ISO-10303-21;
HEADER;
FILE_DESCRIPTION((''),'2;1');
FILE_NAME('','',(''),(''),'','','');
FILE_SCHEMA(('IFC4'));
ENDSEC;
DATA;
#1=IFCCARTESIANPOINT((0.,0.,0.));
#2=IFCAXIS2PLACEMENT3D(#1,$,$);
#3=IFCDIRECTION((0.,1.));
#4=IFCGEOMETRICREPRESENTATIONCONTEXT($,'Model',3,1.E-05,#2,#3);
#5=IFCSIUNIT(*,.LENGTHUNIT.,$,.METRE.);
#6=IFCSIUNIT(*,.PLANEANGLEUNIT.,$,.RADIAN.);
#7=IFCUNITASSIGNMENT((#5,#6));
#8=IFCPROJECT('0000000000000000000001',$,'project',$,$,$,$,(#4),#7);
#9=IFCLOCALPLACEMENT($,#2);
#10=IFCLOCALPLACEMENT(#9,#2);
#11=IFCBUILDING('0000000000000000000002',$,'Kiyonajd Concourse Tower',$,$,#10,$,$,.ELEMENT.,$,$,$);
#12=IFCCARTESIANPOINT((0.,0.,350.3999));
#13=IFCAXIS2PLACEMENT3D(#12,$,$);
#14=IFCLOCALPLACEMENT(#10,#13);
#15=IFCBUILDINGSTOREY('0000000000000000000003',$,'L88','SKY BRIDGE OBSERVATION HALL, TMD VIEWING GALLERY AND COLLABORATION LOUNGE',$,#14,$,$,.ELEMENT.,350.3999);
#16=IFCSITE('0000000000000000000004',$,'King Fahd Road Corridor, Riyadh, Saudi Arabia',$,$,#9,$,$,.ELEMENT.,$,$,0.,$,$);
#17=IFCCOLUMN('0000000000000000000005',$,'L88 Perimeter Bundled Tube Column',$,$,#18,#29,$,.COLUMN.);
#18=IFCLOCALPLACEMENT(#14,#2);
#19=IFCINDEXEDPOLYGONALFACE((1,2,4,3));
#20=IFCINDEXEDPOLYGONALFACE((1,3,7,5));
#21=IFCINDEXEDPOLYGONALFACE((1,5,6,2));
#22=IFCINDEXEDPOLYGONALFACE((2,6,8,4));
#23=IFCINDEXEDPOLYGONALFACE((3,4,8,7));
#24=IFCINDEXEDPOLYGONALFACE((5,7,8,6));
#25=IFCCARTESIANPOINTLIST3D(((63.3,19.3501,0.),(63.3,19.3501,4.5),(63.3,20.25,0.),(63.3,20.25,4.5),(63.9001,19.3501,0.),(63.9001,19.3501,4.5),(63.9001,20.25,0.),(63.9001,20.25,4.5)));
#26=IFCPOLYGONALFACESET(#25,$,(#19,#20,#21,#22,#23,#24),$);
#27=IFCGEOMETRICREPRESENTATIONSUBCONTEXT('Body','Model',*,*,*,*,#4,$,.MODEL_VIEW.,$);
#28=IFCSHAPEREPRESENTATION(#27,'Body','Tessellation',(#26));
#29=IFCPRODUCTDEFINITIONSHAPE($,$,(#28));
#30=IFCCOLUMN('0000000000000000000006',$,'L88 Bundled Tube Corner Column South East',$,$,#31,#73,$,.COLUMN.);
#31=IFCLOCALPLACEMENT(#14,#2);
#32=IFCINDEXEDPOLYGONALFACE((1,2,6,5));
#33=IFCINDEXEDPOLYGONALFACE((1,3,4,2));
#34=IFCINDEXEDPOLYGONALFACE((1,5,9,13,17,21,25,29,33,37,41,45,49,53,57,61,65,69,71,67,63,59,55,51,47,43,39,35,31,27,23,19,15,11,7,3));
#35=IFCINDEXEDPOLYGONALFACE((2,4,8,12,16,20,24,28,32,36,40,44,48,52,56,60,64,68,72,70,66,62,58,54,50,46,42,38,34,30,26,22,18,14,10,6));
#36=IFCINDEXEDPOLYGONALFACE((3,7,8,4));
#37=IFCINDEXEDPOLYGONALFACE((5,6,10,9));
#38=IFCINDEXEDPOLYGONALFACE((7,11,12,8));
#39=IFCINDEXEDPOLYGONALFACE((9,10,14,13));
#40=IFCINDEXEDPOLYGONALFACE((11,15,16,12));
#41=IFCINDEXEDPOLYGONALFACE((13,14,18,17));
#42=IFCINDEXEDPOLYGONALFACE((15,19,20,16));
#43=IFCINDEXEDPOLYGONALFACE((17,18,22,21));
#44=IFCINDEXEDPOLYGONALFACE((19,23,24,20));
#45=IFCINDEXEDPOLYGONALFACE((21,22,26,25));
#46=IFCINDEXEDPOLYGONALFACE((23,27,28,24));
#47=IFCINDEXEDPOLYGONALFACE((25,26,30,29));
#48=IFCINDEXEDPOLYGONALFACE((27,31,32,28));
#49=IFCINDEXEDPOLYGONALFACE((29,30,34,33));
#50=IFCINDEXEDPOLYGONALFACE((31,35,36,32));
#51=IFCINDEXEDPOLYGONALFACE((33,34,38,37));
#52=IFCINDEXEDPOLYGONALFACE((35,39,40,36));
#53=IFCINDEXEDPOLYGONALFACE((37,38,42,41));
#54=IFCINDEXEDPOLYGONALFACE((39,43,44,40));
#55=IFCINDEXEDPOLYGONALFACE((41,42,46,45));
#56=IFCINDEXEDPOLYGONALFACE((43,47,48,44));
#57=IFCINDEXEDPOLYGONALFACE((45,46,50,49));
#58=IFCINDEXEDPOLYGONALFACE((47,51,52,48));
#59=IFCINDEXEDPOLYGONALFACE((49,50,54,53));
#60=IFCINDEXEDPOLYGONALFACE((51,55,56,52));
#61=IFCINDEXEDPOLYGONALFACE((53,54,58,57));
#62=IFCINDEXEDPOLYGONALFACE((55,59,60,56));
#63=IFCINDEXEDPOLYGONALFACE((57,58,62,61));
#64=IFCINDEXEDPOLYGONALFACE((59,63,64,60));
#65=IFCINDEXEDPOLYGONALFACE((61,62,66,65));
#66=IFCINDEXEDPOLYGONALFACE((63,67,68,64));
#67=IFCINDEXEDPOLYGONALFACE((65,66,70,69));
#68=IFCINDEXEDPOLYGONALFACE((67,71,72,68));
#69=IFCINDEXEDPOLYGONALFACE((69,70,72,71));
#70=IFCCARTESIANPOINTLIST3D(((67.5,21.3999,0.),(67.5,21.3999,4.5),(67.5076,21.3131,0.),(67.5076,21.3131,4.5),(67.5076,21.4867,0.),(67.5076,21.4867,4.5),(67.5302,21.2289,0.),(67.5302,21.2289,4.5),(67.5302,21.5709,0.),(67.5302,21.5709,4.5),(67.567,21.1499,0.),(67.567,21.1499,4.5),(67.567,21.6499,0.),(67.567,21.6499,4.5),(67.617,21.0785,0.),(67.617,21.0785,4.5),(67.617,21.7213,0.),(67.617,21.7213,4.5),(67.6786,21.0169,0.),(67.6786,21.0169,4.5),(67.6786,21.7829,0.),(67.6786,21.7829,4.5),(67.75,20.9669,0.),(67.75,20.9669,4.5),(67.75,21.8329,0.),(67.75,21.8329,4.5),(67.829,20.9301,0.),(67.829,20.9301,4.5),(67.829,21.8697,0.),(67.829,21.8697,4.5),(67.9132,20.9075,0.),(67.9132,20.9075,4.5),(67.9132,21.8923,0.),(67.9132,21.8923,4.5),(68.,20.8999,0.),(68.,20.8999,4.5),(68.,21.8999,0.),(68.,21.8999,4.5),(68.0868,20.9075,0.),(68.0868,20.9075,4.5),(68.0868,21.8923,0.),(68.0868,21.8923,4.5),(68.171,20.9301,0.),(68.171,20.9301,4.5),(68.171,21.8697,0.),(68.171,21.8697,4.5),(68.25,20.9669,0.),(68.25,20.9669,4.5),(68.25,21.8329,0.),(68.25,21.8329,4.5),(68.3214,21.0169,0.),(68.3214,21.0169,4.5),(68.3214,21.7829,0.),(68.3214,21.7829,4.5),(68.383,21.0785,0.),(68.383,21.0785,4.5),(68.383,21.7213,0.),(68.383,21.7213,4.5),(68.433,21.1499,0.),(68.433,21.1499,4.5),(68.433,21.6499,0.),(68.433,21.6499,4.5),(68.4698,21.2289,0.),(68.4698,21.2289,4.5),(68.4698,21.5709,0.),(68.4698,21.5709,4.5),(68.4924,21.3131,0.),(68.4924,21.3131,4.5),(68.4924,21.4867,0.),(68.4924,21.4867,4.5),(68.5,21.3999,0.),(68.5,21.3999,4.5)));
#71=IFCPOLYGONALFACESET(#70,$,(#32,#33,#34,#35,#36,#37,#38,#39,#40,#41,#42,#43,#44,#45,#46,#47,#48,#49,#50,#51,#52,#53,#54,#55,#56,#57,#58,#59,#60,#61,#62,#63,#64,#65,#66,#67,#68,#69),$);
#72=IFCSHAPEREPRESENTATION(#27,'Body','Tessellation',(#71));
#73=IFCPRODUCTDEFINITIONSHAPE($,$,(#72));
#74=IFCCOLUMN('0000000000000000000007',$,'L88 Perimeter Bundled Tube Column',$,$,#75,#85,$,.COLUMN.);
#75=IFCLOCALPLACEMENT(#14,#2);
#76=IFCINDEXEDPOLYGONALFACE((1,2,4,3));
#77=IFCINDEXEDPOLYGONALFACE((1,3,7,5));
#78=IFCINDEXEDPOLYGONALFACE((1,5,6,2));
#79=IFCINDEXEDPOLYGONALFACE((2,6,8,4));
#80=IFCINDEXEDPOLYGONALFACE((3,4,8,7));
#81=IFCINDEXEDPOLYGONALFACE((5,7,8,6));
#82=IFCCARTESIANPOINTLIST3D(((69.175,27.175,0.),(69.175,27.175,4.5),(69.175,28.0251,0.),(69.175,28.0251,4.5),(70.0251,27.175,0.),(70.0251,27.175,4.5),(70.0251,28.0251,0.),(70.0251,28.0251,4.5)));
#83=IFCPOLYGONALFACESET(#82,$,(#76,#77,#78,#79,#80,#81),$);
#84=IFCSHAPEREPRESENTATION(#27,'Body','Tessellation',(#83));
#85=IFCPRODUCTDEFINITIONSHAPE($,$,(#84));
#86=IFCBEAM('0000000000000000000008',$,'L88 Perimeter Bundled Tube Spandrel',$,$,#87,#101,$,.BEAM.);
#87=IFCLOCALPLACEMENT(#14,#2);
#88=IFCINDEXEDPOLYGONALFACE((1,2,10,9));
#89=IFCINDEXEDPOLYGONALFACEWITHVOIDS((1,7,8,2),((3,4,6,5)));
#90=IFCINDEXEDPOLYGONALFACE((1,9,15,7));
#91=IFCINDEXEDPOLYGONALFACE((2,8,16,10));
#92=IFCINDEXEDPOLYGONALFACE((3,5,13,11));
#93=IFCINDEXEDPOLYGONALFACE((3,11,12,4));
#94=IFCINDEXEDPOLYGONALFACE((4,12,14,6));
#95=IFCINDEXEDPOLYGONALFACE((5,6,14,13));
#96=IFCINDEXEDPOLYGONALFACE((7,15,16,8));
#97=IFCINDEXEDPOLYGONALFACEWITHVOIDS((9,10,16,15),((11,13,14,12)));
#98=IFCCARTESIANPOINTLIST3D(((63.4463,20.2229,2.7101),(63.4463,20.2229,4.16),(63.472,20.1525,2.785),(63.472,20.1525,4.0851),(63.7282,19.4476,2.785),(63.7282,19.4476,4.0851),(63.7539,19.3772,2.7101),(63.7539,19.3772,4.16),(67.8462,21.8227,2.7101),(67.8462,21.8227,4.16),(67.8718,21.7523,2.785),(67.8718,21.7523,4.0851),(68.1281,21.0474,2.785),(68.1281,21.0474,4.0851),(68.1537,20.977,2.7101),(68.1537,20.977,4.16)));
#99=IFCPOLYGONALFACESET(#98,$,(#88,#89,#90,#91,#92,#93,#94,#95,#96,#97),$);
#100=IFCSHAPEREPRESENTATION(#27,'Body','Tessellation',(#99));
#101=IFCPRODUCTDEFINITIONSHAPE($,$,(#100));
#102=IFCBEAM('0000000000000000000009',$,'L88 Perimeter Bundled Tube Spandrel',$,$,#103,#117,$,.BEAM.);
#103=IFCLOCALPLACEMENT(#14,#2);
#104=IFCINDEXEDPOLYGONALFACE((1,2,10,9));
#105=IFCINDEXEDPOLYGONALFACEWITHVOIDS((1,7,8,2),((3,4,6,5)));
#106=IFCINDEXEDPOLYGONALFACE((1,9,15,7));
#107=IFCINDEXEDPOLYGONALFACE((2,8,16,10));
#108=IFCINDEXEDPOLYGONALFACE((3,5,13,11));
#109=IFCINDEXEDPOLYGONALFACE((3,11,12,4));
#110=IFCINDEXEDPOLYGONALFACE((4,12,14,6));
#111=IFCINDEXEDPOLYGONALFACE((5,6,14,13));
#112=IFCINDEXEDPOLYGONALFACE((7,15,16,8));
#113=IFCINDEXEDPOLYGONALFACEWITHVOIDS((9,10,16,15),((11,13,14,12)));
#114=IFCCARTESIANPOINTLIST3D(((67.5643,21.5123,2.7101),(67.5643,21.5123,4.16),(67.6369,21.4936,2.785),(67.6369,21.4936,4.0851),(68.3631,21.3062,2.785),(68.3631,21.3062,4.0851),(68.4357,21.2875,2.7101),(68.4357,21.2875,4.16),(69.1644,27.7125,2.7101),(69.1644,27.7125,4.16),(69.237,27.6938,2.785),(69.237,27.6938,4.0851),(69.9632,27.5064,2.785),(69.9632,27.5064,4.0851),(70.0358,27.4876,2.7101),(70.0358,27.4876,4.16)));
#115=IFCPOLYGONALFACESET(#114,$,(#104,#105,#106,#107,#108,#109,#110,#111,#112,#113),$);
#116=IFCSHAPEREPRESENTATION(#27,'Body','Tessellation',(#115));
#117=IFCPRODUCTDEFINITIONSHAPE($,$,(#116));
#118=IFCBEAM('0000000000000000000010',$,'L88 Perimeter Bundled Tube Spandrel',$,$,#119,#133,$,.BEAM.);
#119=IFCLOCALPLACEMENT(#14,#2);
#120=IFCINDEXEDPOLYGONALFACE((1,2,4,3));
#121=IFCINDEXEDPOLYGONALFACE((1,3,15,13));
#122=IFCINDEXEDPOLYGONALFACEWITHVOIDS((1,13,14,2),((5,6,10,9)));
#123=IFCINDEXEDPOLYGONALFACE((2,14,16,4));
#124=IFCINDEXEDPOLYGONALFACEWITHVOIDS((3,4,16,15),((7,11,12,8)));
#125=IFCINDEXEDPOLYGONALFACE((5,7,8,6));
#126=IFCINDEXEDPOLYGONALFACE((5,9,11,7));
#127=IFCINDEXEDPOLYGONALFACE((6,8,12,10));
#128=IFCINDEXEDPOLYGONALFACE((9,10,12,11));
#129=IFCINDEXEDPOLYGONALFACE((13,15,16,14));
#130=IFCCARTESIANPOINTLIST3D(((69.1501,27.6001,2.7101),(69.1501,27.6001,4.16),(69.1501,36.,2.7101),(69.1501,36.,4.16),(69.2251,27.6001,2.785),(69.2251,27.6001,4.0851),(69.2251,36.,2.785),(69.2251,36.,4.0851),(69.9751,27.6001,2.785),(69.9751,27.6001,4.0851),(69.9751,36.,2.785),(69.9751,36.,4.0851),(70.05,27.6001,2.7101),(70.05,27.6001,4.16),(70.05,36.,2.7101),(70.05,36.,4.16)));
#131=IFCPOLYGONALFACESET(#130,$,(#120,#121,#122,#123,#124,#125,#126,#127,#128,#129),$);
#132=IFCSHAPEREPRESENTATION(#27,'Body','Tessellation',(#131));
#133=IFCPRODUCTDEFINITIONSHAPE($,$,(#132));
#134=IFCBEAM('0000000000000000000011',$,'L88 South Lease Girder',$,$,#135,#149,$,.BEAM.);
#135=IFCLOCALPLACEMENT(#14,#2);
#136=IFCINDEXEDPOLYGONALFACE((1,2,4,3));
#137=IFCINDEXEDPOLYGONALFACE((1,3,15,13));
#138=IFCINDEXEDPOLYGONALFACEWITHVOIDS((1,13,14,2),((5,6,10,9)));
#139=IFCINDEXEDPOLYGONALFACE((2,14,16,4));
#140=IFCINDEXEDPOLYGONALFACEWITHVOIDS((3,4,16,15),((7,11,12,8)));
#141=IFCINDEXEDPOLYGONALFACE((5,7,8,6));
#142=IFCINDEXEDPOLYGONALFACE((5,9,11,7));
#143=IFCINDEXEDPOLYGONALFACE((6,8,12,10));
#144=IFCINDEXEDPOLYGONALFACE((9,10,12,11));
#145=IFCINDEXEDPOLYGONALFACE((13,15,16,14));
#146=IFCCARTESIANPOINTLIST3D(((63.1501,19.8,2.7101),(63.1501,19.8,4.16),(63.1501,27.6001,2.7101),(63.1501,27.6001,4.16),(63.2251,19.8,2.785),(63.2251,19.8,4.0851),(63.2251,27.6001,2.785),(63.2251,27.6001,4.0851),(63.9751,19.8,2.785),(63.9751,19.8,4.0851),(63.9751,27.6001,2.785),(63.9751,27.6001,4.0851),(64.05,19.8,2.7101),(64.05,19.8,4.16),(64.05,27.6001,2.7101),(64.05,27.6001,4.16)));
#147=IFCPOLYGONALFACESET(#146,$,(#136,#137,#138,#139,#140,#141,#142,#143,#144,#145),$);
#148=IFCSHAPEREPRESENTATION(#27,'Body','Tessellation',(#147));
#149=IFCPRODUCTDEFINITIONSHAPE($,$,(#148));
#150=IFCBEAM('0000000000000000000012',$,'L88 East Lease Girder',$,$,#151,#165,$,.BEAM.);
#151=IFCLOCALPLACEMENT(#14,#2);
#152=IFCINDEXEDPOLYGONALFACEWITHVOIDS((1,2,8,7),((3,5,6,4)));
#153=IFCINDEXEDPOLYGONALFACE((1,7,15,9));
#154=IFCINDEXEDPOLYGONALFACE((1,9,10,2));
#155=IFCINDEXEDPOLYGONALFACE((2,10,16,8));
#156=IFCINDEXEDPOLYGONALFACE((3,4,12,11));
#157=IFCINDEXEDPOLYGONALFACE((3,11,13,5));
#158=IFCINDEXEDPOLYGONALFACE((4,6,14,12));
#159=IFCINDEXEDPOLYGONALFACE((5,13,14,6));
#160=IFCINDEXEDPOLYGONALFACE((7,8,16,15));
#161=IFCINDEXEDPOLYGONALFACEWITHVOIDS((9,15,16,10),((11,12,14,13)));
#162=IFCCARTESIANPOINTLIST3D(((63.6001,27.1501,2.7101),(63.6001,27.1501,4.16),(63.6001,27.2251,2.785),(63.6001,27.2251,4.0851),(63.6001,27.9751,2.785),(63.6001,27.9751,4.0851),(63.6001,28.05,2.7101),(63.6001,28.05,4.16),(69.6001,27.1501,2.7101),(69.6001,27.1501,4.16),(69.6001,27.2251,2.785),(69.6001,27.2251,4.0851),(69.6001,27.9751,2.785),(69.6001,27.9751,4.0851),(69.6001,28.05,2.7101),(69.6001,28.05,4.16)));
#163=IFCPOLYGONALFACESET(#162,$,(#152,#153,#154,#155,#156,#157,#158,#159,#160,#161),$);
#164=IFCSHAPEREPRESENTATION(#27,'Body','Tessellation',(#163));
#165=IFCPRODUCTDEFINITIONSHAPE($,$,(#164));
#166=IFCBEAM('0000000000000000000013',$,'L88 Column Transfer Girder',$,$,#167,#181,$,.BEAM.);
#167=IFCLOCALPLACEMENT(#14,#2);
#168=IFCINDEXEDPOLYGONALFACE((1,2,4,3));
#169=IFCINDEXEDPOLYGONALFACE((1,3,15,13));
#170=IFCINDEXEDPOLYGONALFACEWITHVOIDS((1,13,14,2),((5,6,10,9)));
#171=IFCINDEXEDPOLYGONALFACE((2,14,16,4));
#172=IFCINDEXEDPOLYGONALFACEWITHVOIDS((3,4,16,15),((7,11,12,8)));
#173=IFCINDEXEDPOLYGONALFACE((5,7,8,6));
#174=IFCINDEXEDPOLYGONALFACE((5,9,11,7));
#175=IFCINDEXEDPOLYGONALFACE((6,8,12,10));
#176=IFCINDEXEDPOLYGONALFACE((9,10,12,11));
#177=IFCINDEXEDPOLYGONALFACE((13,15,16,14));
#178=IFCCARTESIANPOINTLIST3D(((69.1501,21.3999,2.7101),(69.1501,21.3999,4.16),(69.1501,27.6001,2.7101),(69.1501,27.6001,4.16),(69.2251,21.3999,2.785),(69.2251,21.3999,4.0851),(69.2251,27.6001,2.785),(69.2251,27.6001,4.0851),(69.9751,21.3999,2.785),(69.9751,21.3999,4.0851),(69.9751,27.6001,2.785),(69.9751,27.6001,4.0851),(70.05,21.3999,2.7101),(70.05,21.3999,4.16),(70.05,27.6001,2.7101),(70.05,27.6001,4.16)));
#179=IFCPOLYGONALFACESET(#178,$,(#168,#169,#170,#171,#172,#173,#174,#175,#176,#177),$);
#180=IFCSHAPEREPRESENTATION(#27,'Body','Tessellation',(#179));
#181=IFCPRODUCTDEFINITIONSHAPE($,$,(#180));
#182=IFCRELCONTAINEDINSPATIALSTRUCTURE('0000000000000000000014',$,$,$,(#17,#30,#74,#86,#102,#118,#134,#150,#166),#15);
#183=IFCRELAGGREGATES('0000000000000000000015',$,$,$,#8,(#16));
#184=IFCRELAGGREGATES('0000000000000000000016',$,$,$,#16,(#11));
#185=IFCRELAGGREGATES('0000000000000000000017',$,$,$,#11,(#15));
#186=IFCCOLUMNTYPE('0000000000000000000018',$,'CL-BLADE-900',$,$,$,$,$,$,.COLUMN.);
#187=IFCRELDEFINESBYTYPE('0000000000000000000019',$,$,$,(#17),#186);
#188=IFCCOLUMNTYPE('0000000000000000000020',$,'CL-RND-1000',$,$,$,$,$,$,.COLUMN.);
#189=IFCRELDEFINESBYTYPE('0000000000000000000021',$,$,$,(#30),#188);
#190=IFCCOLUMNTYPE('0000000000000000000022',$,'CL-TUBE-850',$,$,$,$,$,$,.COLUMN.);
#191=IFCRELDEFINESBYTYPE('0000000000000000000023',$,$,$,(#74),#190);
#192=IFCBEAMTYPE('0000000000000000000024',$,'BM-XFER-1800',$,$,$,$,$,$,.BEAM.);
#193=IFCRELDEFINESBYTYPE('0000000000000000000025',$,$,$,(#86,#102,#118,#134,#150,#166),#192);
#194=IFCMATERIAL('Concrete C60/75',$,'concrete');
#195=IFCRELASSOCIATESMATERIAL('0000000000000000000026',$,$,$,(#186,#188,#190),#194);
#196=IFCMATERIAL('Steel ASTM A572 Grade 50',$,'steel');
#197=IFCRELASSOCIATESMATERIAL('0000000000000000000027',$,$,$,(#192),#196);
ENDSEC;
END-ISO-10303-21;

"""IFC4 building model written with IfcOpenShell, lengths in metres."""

from ifc_helpers import new_model, si_unit, direction, frame, origin, origin_2d, place, context, subcontext, project, spatial, rectangle, hollow_rectangle, circle, extrude, material, material_profile, profile_set, type_object, element, save


model = new_model("IFC4")

# Units and contexts
model_context = context("Model", 3, precision=1e-05, world=origin(), true_north=direction((0.0, 1.0)))
body_context = subcontext(model_context, "Body", "Model", "MODEL_VIEW")
ifc_project = project(units=[si_unit("LENGTHUNIT", "METRE"), si_unit("PLANEANGLEUNIT", "RADIAN")], contexts=[model_context])

# Site, building, storey
site_placement = place(None, origin())
site = spatial("IfcSite", under=ifc_project, at=site_placement, Name="King Fahd Road Corridor, Riyadh, Saudi Arabia", CompositionType="ELEMENT", RefElevation=0.0)
building_placement = place(site_placement, origin())
building = spatial("IfcBuilding", under=site, at=building_placement, Name="Kiyonajd Concourse Tower", CompositionType="ELEMENT")
storey_placement = place(building_placement, frame((0.0, 0.0, 350.3999)))
storey = spatial("IfcBuildingStorey", under=building, at=storey_placement, Name="L88", Description="SKY BRIDGE OBSERVATION HALL, TMD VIEWING GALLERY AND COLLABORATION LOUNGE", CompositionType="ELEMENT", Elevation=350.3999)

# Columns
ifc_material_1 = material(Name="Concrete C60/75", Category="concrete")
ifc_material_profile_1 = material_profile(ifc_material_1, rectangle(XDim=0.6001, YDim=0.8999, at=origin_2d()), Name="RC-900x600")
ifc_profile_set_1 = profile_set([ifc_material_profile_1], Name="Concrete C60/75")
column_type_1 = type_object("IfcColumnType", Name="CL-BLADE-900", PredefinedType="COLUMN", material=ifc_profile_set_1)
column_1_placement = place(storey_placement, frame((63.6001, 19.8, 0.0), z_axis=(0.0, 0.0, 1.0), x_axis=(1.0, 0.0, 0.0)))
element("IfcColumn", 1, at=column_1_placement, inside=storey, type_object=column_type_1, Name="L88 Perimeter Bundled Tube Column", PredefinedType="COLUMN", context=body_context, shape_type="SweptSolid", body=[
    extrude(rectangle(XDim=0.6001, YDim=0.8999, at=origin_2d()), origin(), (0.0, 0.0, 1.0), 4.5),
])
ifc_material_profile_2 = material_profile(ifc_material_1, circle(Radius=0.5, at=origin_2d()), Name="RCC-D1000")
ifc_profile_set_2 = profile_set([ifc_material_profile_2], Name="Concrete C60/75")
column_type_2 = type_object("IfcColumnType", Name="CL-RND-1000", PredefinedType="COLUMN", material=ifc_profile_set_2)
column_2_placement = place(storey_placement, frame((68.0, 21.3999, 0.0), z_axis=(0.0, 0.0, 1.0), x_axis=(1.0, 0.0, 0.0)))
element("IfcColumn", 2, at=column_2_placement, inside=storey, type_object=column_type_2, Name="L88 Bundled Tube Corner Column South East", PredefinedType="COLUMN", context=body_context, shape_type="SweptSolid", body=[
    extrude(circle(Radius=0.5, at=origin_2d()), origin(), (0.0, 0.0, 1.0), 4.5),
])
ifc_material_profile_3 = material_profile(ifc_material_1, rectangle(XDim=0.8501, YDim=0.8501, at=origin_2d()), Name="RC-850x850")
ifc_profile_set_3 = profile_set([ifc_material_profile_3], Name="Concrete C60/75")
column_type_3 = type_object("IfcColumnType", Name="CL-TUBE-850", PredefinedType="COLUMN", material=ifc_profile_set_3)
column_3_placement = place(storey_placement, frame((69.6001, 27.6001, 0.0), z_axis=(0.0, 0.0, 1.0), x_axis=(1.0, 0.0, 0.0)))
element("IfcColumn", 3, at=column_3_placement, inside=storey, type_object=column_type_3, Name="L88 Perimeter Bundled Tube Column", PredefinedType="COLUMN", context=body_context, shape_type="SweptSolid", body=[
    extrude(rectangle(XDim=0.8501, YDim=0.8501, at=origin_2d()), origin(), (0.0, 0.0, 1.0), 4.5),
])

# Beams
ifc_material_2 = material(Name="Steel ASTM A572 Grade 50", Category="steel")
ifc_material_profile_4 = material_profile(ifc_material_2, hollow_rectangle(XDim=0.8999, YDim=1.45, WallThickness=0.075, at=origin_2d()), Name="BOX-1450x900x75")
ifc_profile_set_4 = profile_set([ifc_material_profile_4], Name="Steel ASTM A572 Grade 50")
beam_type = type_object("IfcBeamType", Name="BM-XFER-1800", PredefinedType="BEAM", material=ifc_profile_set_4)
beam_1_placement = place(storey_placement, frame((63.6001, 19.8, 3.4351), z_axis=(0.939801, 0.341722, 0.0), x_axis=(-0.341722, 0.939801, 0.0)))
element("IfcBeam", 4, at=beam_1_placement, inside=storey, type_object=beam_type, Name="L88 Perimeter Bundled Tube Spandrel", PredefinedType="BEAM", context=body_context, shape_type="SweptSolid", body=[
    extrude(hollow_rectangle(XDim=0.8999, YDim=1.45, WallThickness=0.075, at=origin_2d()), origin(), (0.0, 0.0, 1.0), 4.6816),
])
beam_2_placement = place(storey_placement, frame((68.0, 21.3999, 3.4351), z_axis=(0.249885, 0.968276, 0.0), x_axis=(-0.968276, 0.249885, 0.0)))
element("IfcBeam", 5, at=beam_2_placement, inside=storey, type_object=beam_type, Name="L88 Perimeter Bundled Tube Spandrel", PredefinedType="BEAM", context=body_context, shape_type="SweptSolid", body=[
    extrude(hollow_rectangle(XDim=0.8999, YDim=1.45, WallThickness=0.075, at=origin_2d()), origin(), (0.0, 0.0, 1.0), 6.4033),
])
beam_3_placement = place(storey_placement, frame((69.6001, 27.6001, 3.4351), z_axis=(0.0, 1.0, 0.0), x_axis=(-1.0, 0.0, 0.0)))
element("IfcBeam", 6, at=beam_3_placement, inside=storey, type_object=beam_type, Name="L88 Perimeter Bundled Tube Spandrel", PredefinedType="BEAM", context=body_context, shape_type="SweptSolid", body=[
    extrude(hollow_rectangle(XDim=0.8999, YDim=1.45, WallThickness=0.075, at=origin_2d()), origin(), (0.0, 0.0, 1.0), 8.3999),
])
beam_4_placement = place(storey_placement, frame((63.6001, 19.8, 3.4351), z_axis=(0.0, 1.0, 0.0), x_axis=(-1.0, 0.0, 0.0)))
element("IfcBeam", 7, at=beam_4_placement, inside=storey, type_object=beam_type, Name="L88 South Lease Girder", PredefinedType="BEAM", context=body_context, shape_type="SweptSolid", body=[
    extrude(hollow_rectangle(XDim=0.8999, YDim=1.45, WallThickness=0.075, at=origin_2d()), origin(), (0.0, 0.0, 1.0), 7.8),
])
beam_5_placement = place(storey_placement, frame((63.6001, 27.6001, 3.4351), z_axis=(1.0, 0.0, 0.0), x_axis=(0.0, 1.0, 0.0)))
element("IfcBeam", 8, at=beam_5_placement, inside=storey, type_object=beam_type, Name="L88 East Lease Girder", PredefinedType="BEAM", context=body_context, shape_type="SweptSolid", body=[
    extrude(hollow_rectangle(XDim=0.8999, YDim=1.45, WallThickness=0.075, at=origin_2d()), origin(), (0.0, 0.0, 1.0), 6.0),
])
beam_6_placement = place(storey_placement, frame((69.6001, 21.3999, 3.4351), z_axis=(0.0, 1.0, 0.0), x_axis=(-1.0, 0.0, 0.0)))
element("IfcBeam", 9, at=beam_6_placement, inside=storey, type_object=beam_type, Name="L88 Column Transfer Girder", PredefinedType="BEAM", context=body_context, shape_type="SweptSolid", body=[
    extrude(hollow_rectangle(XDim=0.8999, YDim=1.45, WallThickness=0.075, at=origin_2d()), origin(), (0.0, 0.0, 1.0), 6.2002),
])

save(model, "model.ifc")
